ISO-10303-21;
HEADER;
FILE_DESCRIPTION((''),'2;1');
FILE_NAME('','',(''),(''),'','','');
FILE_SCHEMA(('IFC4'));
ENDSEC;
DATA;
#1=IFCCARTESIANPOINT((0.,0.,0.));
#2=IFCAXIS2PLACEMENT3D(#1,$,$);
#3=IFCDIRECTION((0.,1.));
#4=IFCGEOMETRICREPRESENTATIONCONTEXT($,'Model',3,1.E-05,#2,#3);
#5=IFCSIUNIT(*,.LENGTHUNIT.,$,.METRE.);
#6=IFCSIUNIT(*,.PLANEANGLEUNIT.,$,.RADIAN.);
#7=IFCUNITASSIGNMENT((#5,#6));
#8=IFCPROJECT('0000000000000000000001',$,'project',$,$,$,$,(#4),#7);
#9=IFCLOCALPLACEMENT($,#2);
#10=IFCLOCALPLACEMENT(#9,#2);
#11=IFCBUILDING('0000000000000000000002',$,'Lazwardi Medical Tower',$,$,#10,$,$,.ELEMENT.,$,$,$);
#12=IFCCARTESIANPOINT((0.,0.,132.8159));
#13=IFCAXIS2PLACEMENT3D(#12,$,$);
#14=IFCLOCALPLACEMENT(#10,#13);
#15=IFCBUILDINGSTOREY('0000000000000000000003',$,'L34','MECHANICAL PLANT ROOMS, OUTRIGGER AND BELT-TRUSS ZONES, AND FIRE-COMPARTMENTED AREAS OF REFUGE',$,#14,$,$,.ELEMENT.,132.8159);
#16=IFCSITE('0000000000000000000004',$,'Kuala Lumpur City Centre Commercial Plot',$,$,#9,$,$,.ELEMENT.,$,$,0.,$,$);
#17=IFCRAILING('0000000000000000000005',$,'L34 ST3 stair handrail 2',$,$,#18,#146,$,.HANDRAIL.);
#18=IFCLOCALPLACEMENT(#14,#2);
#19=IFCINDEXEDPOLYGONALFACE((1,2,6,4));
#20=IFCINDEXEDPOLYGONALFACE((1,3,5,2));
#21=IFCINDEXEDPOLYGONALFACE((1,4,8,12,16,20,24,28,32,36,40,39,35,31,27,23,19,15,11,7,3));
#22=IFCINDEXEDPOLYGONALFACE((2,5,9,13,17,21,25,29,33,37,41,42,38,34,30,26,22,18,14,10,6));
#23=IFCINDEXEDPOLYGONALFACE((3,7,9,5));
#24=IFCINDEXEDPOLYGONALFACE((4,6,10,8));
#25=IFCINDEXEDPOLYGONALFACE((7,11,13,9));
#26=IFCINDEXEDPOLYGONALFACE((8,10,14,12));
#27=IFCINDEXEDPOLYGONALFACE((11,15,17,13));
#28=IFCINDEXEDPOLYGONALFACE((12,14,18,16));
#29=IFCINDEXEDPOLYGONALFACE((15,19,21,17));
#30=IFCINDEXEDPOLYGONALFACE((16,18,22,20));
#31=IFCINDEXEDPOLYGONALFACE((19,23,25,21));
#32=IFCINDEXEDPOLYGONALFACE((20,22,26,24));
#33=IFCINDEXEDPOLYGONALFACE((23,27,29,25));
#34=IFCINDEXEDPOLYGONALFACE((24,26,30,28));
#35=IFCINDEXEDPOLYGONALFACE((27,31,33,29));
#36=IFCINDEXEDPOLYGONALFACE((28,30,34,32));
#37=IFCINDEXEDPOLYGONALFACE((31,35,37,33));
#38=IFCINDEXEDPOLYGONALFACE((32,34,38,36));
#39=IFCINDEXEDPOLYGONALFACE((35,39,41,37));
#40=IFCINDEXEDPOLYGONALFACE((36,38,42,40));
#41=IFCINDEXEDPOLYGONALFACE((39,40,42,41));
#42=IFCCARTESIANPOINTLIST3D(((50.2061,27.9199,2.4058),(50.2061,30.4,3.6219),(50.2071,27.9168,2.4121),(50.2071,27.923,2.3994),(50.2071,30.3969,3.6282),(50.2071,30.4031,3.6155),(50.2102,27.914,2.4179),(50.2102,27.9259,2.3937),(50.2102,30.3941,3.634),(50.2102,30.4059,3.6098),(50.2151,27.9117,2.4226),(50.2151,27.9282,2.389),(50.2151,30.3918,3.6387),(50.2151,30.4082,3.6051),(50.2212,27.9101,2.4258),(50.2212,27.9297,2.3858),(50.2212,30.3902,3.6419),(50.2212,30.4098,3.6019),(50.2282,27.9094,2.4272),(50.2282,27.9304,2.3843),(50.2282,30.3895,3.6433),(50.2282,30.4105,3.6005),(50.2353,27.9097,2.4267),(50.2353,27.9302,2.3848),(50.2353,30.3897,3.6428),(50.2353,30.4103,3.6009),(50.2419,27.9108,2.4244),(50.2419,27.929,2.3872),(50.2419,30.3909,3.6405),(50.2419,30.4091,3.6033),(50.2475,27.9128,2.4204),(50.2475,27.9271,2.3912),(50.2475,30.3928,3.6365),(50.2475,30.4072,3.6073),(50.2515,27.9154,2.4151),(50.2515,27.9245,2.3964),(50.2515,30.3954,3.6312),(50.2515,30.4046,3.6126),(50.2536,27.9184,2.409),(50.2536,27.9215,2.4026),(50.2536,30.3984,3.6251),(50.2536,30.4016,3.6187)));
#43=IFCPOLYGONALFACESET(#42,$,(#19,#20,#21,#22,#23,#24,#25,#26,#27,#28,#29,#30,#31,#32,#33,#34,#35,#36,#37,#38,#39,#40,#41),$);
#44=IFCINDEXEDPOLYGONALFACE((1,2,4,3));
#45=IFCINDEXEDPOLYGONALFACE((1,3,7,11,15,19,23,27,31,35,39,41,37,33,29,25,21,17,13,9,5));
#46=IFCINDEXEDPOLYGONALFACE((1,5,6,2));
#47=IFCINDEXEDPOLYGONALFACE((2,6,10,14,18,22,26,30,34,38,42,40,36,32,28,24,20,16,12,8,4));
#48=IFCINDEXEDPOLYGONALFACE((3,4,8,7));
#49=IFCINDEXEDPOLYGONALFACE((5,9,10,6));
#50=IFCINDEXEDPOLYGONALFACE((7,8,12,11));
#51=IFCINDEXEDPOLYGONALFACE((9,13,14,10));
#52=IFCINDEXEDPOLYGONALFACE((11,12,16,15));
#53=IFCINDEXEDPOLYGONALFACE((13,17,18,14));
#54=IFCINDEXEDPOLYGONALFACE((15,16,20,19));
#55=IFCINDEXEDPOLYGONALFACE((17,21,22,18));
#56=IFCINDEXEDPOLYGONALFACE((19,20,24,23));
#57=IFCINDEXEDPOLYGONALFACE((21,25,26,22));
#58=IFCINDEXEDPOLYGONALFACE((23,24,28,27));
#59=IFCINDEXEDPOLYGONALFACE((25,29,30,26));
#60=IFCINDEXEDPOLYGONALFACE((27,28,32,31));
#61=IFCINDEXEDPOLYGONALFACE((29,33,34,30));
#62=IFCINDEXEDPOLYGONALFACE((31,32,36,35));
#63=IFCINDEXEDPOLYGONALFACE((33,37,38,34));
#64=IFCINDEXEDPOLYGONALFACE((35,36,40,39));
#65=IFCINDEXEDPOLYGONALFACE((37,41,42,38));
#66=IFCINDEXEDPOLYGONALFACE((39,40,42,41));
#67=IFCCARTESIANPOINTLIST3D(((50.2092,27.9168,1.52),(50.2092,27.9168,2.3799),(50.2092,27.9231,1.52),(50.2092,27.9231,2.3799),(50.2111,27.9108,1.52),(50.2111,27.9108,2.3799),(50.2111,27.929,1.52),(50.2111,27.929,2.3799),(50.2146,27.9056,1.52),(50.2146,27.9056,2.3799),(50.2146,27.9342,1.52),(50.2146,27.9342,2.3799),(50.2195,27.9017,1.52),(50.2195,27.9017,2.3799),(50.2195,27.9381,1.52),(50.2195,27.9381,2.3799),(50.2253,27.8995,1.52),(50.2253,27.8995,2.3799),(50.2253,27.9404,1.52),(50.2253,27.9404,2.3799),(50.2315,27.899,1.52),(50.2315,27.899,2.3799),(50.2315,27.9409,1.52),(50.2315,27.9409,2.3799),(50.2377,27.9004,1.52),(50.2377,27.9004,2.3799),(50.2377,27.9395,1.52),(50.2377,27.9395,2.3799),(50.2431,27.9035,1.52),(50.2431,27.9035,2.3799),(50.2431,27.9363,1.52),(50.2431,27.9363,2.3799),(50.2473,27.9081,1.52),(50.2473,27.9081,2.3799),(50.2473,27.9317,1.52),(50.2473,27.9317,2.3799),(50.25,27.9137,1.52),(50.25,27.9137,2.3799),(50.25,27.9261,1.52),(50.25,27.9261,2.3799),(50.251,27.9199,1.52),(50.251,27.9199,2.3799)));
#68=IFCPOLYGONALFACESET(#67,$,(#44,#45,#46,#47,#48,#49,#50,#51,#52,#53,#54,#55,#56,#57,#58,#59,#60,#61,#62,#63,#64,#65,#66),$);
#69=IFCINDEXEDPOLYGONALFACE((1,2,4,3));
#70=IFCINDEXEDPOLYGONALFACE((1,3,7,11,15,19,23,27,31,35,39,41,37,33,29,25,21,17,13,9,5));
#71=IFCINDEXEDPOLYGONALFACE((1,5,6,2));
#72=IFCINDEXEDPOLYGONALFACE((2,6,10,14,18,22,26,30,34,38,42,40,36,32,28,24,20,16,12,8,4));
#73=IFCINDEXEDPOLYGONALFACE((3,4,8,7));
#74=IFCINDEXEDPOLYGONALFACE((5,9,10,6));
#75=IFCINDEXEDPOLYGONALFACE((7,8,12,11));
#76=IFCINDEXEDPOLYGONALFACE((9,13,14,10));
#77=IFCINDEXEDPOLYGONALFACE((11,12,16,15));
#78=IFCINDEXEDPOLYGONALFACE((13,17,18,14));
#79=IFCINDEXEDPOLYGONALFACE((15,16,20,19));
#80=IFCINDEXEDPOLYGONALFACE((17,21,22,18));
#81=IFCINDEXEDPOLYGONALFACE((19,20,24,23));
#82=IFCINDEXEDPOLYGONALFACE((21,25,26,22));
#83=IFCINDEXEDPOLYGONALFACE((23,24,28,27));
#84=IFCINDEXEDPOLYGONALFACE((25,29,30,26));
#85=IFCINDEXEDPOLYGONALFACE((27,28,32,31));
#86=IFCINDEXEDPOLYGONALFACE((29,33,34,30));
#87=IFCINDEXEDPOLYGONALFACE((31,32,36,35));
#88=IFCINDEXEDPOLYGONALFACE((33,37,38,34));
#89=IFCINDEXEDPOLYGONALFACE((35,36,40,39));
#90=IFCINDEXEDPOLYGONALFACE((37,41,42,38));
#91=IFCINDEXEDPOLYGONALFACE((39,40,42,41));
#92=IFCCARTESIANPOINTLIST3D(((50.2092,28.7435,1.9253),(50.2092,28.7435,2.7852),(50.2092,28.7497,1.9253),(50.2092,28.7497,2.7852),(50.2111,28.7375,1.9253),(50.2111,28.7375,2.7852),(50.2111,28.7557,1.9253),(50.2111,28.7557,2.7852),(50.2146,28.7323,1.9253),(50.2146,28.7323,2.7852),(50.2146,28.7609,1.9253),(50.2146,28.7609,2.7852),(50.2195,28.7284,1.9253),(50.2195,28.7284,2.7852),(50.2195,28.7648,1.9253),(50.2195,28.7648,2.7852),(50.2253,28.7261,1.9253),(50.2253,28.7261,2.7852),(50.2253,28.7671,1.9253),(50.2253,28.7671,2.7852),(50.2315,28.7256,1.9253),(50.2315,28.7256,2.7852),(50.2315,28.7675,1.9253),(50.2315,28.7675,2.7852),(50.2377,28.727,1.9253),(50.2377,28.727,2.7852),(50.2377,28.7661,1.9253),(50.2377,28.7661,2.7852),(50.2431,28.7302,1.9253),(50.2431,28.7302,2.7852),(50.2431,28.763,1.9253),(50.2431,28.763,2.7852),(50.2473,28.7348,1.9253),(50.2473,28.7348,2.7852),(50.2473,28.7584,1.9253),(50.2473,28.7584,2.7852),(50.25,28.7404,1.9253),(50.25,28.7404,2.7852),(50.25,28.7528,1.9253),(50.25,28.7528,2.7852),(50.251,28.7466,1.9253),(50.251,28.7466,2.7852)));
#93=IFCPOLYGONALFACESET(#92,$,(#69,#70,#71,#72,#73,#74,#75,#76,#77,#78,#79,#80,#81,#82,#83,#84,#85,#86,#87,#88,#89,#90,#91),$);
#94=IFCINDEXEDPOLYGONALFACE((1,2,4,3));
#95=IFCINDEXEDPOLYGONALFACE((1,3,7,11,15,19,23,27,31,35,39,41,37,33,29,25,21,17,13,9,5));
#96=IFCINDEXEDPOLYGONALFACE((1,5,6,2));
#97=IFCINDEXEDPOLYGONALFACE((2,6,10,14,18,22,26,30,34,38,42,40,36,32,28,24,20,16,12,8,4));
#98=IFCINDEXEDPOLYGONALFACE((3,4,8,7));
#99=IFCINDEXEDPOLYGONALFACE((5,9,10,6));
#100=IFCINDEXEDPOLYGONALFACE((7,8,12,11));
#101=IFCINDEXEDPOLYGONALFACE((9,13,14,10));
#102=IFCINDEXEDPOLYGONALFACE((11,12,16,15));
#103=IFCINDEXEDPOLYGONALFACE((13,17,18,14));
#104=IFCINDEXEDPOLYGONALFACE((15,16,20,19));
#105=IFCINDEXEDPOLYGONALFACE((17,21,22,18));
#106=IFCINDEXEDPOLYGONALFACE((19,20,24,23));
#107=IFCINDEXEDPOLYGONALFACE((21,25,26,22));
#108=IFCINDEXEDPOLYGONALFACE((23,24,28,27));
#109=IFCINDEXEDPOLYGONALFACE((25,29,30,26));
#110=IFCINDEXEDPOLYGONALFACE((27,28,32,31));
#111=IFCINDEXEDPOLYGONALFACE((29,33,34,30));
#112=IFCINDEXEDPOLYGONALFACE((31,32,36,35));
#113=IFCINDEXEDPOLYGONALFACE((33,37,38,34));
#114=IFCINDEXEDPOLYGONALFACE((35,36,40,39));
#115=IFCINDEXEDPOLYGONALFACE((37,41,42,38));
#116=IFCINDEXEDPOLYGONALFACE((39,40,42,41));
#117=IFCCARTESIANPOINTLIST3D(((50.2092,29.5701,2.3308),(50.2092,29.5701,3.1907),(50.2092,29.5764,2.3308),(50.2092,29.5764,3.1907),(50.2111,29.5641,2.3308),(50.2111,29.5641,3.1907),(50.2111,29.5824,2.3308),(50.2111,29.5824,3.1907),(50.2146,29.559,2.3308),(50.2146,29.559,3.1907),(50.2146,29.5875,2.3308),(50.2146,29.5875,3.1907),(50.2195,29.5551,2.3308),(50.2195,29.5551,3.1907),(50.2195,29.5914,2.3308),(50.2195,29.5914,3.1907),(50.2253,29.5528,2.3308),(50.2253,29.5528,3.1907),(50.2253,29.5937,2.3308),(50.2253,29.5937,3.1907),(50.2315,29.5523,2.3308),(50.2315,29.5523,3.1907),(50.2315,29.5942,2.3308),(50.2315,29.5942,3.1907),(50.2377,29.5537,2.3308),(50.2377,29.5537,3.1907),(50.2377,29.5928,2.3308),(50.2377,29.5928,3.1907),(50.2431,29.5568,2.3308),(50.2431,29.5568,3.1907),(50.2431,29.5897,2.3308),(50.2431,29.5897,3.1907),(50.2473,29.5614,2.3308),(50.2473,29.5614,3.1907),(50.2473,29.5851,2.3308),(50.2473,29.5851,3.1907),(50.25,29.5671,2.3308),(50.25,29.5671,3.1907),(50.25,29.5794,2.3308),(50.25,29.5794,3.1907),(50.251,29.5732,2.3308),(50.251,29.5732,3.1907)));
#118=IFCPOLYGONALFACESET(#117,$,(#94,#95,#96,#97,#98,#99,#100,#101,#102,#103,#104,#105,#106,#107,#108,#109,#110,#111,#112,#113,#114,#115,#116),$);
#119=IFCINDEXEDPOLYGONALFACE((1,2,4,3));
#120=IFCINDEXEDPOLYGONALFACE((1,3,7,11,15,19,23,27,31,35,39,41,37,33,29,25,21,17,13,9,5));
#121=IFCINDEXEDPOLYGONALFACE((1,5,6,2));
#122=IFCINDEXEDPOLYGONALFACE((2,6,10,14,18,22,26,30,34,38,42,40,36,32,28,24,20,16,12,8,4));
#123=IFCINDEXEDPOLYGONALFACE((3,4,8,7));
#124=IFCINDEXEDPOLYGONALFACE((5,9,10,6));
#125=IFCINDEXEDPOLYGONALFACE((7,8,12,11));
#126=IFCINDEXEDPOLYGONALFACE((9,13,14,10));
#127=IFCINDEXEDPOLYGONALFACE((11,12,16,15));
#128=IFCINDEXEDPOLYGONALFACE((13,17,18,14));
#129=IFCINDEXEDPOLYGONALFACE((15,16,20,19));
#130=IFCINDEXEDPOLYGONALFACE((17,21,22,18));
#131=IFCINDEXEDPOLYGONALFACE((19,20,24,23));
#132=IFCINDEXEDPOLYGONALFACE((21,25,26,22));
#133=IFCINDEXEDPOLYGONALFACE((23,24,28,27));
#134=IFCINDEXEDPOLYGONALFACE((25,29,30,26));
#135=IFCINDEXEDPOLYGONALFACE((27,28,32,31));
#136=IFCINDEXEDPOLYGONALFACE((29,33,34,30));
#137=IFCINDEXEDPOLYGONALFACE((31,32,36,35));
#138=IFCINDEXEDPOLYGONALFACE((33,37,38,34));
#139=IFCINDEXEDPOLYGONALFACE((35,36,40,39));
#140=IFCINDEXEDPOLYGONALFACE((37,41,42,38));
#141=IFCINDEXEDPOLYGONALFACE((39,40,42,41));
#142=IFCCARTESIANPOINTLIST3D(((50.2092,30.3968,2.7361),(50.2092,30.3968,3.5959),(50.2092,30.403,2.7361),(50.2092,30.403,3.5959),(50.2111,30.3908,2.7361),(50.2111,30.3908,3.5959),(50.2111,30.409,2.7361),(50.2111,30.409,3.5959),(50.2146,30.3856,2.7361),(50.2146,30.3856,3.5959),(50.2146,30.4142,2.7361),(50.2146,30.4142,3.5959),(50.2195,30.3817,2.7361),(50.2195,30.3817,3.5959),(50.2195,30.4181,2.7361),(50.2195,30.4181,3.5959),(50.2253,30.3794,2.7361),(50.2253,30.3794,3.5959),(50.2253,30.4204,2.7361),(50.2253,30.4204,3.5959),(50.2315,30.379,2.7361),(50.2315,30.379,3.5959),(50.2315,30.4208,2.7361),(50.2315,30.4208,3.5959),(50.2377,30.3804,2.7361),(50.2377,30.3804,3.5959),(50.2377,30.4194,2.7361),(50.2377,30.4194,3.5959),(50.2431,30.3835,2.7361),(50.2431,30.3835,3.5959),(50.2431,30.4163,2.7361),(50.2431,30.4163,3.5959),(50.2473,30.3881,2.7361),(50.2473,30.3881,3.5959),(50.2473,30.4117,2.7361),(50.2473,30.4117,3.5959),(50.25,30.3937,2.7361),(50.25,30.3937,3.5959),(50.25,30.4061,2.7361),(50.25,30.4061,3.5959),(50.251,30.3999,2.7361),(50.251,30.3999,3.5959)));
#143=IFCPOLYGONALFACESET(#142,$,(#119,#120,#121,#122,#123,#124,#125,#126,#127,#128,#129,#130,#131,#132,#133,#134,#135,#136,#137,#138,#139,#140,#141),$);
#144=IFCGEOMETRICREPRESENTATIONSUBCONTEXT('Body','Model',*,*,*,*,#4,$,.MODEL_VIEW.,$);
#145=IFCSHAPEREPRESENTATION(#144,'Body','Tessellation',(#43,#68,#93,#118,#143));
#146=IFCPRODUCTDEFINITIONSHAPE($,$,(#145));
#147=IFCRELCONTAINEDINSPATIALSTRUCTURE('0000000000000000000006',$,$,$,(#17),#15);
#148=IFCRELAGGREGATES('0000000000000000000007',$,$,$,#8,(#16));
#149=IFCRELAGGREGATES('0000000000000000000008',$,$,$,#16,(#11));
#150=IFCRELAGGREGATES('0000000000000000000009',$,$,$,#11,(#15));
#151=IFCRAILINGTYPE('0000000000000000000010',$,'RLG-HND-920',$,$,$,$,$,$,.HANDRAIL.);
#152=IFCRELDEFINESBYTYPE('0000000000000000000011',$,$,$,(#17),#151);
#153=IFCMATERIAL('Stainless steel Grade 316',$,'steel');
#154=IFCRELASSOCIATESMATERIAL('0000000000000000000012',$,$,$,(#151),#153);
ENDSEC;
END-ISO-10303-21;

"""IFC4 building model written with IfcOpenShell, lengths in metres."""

from ifc_helpers import new_model, si_unit, direction, frame, origin, origin_2d, place, context, subcontext, project, spatial, circle, extrude, material, type_object, element, save


model = new_model("IFC4")

# Units and contexts
model_context = context("Model", 3, precision=1e-05, world=origin(), true_north=direction((0.0, 1.0)))
body_context = subcontext(model_context, "Body", "Model", "MODEL_VIEW")
ifc_project = project(units=[si_unit("LENGTHUNIT", "METRE"), si_unit("PLANEANGLEUNIT", "RADIAN")], contexts=[model_context])

# Site, building, storey
site_placement = place(None, origin())
site = spatial("IfcSite", under=ifc_project, at=site_placement, Name="Kuala Lumpur City Centre Commercial Plot", CompositionType="ELEMENT", RefElevation=0.0)
building_placement = place(site_placement, origin())
building = spatial("IfcBuilding", under=site, at=building_placement, Name="Lazwardi Medical Tower", CompositionType="ELEMENT")
storey_placement = place(building_placement, frame((0.0, 0.0, 132.8159)))
storey = spatial("IfcBuildingStorey", under=building, at=storey_placement, Name="L34", Description="MECHANICAL PLANT ROOMS, OUTRIGGER AND BELT-TRUSS ZONES, AND FIRE-COMPARTMENTED AREAS OF REFUGE", CompositionType="ELEMENT", Elevation=132.8159)

# Railing
ifc_material_1 = material(Name="Stainless steel Grade 316", Category="steel")
railing_type_1 = type_object("IfcRailingType", Name="RLG-HND-920", PredefinedType="HANDRAIL", material=ifc_material_1)
for number, where, name in (
    (1, (50.23, 27.9199, 1.52), "L34 ST3 stair handrail 2"),
):
    element("IfcRailing", number, at=place(storey_placement, frame(where)), inside=storey, type_object=railing_type_1, Name=name, PredefinedType="HANDRAIL", context=body_context, shape_type="SweptSolid", body=[
        extrude(circle(Radius=0.0239, at=origin_2d()), frame((0.0, 0.0, 0.8857), z_axis=(0.0, 0.897865, 0.44027), x_axis=(-1.0, 0.0, 0.0)), (0.0, 0.0, 1.0), 2.7622),
        extrude(circle(Radius=0.021, at=origin_2d()), origin(), (0.0, 0.0, 1.0), 0.8599),
        extrude(circle(Radius=0.021, at=origin_2d()), frame((0.0, 0.8267, 0.4053)), (0.0, 0.0, 1.0), 0.8599),
        extrude(circle(Radius=0.021, at=origin_2d()), frame((0.0, 1.6533, 0.8108)), (0.0, 0.0, 1.0), 0.8599),
        extrude(circle(Radius=0.021, at=origin_2d()), frame((0.0, 2.48, 1.2161)), (0.0, 0.0, 1.0), 0.8599),
    ])

save(model, "model.ifc")
